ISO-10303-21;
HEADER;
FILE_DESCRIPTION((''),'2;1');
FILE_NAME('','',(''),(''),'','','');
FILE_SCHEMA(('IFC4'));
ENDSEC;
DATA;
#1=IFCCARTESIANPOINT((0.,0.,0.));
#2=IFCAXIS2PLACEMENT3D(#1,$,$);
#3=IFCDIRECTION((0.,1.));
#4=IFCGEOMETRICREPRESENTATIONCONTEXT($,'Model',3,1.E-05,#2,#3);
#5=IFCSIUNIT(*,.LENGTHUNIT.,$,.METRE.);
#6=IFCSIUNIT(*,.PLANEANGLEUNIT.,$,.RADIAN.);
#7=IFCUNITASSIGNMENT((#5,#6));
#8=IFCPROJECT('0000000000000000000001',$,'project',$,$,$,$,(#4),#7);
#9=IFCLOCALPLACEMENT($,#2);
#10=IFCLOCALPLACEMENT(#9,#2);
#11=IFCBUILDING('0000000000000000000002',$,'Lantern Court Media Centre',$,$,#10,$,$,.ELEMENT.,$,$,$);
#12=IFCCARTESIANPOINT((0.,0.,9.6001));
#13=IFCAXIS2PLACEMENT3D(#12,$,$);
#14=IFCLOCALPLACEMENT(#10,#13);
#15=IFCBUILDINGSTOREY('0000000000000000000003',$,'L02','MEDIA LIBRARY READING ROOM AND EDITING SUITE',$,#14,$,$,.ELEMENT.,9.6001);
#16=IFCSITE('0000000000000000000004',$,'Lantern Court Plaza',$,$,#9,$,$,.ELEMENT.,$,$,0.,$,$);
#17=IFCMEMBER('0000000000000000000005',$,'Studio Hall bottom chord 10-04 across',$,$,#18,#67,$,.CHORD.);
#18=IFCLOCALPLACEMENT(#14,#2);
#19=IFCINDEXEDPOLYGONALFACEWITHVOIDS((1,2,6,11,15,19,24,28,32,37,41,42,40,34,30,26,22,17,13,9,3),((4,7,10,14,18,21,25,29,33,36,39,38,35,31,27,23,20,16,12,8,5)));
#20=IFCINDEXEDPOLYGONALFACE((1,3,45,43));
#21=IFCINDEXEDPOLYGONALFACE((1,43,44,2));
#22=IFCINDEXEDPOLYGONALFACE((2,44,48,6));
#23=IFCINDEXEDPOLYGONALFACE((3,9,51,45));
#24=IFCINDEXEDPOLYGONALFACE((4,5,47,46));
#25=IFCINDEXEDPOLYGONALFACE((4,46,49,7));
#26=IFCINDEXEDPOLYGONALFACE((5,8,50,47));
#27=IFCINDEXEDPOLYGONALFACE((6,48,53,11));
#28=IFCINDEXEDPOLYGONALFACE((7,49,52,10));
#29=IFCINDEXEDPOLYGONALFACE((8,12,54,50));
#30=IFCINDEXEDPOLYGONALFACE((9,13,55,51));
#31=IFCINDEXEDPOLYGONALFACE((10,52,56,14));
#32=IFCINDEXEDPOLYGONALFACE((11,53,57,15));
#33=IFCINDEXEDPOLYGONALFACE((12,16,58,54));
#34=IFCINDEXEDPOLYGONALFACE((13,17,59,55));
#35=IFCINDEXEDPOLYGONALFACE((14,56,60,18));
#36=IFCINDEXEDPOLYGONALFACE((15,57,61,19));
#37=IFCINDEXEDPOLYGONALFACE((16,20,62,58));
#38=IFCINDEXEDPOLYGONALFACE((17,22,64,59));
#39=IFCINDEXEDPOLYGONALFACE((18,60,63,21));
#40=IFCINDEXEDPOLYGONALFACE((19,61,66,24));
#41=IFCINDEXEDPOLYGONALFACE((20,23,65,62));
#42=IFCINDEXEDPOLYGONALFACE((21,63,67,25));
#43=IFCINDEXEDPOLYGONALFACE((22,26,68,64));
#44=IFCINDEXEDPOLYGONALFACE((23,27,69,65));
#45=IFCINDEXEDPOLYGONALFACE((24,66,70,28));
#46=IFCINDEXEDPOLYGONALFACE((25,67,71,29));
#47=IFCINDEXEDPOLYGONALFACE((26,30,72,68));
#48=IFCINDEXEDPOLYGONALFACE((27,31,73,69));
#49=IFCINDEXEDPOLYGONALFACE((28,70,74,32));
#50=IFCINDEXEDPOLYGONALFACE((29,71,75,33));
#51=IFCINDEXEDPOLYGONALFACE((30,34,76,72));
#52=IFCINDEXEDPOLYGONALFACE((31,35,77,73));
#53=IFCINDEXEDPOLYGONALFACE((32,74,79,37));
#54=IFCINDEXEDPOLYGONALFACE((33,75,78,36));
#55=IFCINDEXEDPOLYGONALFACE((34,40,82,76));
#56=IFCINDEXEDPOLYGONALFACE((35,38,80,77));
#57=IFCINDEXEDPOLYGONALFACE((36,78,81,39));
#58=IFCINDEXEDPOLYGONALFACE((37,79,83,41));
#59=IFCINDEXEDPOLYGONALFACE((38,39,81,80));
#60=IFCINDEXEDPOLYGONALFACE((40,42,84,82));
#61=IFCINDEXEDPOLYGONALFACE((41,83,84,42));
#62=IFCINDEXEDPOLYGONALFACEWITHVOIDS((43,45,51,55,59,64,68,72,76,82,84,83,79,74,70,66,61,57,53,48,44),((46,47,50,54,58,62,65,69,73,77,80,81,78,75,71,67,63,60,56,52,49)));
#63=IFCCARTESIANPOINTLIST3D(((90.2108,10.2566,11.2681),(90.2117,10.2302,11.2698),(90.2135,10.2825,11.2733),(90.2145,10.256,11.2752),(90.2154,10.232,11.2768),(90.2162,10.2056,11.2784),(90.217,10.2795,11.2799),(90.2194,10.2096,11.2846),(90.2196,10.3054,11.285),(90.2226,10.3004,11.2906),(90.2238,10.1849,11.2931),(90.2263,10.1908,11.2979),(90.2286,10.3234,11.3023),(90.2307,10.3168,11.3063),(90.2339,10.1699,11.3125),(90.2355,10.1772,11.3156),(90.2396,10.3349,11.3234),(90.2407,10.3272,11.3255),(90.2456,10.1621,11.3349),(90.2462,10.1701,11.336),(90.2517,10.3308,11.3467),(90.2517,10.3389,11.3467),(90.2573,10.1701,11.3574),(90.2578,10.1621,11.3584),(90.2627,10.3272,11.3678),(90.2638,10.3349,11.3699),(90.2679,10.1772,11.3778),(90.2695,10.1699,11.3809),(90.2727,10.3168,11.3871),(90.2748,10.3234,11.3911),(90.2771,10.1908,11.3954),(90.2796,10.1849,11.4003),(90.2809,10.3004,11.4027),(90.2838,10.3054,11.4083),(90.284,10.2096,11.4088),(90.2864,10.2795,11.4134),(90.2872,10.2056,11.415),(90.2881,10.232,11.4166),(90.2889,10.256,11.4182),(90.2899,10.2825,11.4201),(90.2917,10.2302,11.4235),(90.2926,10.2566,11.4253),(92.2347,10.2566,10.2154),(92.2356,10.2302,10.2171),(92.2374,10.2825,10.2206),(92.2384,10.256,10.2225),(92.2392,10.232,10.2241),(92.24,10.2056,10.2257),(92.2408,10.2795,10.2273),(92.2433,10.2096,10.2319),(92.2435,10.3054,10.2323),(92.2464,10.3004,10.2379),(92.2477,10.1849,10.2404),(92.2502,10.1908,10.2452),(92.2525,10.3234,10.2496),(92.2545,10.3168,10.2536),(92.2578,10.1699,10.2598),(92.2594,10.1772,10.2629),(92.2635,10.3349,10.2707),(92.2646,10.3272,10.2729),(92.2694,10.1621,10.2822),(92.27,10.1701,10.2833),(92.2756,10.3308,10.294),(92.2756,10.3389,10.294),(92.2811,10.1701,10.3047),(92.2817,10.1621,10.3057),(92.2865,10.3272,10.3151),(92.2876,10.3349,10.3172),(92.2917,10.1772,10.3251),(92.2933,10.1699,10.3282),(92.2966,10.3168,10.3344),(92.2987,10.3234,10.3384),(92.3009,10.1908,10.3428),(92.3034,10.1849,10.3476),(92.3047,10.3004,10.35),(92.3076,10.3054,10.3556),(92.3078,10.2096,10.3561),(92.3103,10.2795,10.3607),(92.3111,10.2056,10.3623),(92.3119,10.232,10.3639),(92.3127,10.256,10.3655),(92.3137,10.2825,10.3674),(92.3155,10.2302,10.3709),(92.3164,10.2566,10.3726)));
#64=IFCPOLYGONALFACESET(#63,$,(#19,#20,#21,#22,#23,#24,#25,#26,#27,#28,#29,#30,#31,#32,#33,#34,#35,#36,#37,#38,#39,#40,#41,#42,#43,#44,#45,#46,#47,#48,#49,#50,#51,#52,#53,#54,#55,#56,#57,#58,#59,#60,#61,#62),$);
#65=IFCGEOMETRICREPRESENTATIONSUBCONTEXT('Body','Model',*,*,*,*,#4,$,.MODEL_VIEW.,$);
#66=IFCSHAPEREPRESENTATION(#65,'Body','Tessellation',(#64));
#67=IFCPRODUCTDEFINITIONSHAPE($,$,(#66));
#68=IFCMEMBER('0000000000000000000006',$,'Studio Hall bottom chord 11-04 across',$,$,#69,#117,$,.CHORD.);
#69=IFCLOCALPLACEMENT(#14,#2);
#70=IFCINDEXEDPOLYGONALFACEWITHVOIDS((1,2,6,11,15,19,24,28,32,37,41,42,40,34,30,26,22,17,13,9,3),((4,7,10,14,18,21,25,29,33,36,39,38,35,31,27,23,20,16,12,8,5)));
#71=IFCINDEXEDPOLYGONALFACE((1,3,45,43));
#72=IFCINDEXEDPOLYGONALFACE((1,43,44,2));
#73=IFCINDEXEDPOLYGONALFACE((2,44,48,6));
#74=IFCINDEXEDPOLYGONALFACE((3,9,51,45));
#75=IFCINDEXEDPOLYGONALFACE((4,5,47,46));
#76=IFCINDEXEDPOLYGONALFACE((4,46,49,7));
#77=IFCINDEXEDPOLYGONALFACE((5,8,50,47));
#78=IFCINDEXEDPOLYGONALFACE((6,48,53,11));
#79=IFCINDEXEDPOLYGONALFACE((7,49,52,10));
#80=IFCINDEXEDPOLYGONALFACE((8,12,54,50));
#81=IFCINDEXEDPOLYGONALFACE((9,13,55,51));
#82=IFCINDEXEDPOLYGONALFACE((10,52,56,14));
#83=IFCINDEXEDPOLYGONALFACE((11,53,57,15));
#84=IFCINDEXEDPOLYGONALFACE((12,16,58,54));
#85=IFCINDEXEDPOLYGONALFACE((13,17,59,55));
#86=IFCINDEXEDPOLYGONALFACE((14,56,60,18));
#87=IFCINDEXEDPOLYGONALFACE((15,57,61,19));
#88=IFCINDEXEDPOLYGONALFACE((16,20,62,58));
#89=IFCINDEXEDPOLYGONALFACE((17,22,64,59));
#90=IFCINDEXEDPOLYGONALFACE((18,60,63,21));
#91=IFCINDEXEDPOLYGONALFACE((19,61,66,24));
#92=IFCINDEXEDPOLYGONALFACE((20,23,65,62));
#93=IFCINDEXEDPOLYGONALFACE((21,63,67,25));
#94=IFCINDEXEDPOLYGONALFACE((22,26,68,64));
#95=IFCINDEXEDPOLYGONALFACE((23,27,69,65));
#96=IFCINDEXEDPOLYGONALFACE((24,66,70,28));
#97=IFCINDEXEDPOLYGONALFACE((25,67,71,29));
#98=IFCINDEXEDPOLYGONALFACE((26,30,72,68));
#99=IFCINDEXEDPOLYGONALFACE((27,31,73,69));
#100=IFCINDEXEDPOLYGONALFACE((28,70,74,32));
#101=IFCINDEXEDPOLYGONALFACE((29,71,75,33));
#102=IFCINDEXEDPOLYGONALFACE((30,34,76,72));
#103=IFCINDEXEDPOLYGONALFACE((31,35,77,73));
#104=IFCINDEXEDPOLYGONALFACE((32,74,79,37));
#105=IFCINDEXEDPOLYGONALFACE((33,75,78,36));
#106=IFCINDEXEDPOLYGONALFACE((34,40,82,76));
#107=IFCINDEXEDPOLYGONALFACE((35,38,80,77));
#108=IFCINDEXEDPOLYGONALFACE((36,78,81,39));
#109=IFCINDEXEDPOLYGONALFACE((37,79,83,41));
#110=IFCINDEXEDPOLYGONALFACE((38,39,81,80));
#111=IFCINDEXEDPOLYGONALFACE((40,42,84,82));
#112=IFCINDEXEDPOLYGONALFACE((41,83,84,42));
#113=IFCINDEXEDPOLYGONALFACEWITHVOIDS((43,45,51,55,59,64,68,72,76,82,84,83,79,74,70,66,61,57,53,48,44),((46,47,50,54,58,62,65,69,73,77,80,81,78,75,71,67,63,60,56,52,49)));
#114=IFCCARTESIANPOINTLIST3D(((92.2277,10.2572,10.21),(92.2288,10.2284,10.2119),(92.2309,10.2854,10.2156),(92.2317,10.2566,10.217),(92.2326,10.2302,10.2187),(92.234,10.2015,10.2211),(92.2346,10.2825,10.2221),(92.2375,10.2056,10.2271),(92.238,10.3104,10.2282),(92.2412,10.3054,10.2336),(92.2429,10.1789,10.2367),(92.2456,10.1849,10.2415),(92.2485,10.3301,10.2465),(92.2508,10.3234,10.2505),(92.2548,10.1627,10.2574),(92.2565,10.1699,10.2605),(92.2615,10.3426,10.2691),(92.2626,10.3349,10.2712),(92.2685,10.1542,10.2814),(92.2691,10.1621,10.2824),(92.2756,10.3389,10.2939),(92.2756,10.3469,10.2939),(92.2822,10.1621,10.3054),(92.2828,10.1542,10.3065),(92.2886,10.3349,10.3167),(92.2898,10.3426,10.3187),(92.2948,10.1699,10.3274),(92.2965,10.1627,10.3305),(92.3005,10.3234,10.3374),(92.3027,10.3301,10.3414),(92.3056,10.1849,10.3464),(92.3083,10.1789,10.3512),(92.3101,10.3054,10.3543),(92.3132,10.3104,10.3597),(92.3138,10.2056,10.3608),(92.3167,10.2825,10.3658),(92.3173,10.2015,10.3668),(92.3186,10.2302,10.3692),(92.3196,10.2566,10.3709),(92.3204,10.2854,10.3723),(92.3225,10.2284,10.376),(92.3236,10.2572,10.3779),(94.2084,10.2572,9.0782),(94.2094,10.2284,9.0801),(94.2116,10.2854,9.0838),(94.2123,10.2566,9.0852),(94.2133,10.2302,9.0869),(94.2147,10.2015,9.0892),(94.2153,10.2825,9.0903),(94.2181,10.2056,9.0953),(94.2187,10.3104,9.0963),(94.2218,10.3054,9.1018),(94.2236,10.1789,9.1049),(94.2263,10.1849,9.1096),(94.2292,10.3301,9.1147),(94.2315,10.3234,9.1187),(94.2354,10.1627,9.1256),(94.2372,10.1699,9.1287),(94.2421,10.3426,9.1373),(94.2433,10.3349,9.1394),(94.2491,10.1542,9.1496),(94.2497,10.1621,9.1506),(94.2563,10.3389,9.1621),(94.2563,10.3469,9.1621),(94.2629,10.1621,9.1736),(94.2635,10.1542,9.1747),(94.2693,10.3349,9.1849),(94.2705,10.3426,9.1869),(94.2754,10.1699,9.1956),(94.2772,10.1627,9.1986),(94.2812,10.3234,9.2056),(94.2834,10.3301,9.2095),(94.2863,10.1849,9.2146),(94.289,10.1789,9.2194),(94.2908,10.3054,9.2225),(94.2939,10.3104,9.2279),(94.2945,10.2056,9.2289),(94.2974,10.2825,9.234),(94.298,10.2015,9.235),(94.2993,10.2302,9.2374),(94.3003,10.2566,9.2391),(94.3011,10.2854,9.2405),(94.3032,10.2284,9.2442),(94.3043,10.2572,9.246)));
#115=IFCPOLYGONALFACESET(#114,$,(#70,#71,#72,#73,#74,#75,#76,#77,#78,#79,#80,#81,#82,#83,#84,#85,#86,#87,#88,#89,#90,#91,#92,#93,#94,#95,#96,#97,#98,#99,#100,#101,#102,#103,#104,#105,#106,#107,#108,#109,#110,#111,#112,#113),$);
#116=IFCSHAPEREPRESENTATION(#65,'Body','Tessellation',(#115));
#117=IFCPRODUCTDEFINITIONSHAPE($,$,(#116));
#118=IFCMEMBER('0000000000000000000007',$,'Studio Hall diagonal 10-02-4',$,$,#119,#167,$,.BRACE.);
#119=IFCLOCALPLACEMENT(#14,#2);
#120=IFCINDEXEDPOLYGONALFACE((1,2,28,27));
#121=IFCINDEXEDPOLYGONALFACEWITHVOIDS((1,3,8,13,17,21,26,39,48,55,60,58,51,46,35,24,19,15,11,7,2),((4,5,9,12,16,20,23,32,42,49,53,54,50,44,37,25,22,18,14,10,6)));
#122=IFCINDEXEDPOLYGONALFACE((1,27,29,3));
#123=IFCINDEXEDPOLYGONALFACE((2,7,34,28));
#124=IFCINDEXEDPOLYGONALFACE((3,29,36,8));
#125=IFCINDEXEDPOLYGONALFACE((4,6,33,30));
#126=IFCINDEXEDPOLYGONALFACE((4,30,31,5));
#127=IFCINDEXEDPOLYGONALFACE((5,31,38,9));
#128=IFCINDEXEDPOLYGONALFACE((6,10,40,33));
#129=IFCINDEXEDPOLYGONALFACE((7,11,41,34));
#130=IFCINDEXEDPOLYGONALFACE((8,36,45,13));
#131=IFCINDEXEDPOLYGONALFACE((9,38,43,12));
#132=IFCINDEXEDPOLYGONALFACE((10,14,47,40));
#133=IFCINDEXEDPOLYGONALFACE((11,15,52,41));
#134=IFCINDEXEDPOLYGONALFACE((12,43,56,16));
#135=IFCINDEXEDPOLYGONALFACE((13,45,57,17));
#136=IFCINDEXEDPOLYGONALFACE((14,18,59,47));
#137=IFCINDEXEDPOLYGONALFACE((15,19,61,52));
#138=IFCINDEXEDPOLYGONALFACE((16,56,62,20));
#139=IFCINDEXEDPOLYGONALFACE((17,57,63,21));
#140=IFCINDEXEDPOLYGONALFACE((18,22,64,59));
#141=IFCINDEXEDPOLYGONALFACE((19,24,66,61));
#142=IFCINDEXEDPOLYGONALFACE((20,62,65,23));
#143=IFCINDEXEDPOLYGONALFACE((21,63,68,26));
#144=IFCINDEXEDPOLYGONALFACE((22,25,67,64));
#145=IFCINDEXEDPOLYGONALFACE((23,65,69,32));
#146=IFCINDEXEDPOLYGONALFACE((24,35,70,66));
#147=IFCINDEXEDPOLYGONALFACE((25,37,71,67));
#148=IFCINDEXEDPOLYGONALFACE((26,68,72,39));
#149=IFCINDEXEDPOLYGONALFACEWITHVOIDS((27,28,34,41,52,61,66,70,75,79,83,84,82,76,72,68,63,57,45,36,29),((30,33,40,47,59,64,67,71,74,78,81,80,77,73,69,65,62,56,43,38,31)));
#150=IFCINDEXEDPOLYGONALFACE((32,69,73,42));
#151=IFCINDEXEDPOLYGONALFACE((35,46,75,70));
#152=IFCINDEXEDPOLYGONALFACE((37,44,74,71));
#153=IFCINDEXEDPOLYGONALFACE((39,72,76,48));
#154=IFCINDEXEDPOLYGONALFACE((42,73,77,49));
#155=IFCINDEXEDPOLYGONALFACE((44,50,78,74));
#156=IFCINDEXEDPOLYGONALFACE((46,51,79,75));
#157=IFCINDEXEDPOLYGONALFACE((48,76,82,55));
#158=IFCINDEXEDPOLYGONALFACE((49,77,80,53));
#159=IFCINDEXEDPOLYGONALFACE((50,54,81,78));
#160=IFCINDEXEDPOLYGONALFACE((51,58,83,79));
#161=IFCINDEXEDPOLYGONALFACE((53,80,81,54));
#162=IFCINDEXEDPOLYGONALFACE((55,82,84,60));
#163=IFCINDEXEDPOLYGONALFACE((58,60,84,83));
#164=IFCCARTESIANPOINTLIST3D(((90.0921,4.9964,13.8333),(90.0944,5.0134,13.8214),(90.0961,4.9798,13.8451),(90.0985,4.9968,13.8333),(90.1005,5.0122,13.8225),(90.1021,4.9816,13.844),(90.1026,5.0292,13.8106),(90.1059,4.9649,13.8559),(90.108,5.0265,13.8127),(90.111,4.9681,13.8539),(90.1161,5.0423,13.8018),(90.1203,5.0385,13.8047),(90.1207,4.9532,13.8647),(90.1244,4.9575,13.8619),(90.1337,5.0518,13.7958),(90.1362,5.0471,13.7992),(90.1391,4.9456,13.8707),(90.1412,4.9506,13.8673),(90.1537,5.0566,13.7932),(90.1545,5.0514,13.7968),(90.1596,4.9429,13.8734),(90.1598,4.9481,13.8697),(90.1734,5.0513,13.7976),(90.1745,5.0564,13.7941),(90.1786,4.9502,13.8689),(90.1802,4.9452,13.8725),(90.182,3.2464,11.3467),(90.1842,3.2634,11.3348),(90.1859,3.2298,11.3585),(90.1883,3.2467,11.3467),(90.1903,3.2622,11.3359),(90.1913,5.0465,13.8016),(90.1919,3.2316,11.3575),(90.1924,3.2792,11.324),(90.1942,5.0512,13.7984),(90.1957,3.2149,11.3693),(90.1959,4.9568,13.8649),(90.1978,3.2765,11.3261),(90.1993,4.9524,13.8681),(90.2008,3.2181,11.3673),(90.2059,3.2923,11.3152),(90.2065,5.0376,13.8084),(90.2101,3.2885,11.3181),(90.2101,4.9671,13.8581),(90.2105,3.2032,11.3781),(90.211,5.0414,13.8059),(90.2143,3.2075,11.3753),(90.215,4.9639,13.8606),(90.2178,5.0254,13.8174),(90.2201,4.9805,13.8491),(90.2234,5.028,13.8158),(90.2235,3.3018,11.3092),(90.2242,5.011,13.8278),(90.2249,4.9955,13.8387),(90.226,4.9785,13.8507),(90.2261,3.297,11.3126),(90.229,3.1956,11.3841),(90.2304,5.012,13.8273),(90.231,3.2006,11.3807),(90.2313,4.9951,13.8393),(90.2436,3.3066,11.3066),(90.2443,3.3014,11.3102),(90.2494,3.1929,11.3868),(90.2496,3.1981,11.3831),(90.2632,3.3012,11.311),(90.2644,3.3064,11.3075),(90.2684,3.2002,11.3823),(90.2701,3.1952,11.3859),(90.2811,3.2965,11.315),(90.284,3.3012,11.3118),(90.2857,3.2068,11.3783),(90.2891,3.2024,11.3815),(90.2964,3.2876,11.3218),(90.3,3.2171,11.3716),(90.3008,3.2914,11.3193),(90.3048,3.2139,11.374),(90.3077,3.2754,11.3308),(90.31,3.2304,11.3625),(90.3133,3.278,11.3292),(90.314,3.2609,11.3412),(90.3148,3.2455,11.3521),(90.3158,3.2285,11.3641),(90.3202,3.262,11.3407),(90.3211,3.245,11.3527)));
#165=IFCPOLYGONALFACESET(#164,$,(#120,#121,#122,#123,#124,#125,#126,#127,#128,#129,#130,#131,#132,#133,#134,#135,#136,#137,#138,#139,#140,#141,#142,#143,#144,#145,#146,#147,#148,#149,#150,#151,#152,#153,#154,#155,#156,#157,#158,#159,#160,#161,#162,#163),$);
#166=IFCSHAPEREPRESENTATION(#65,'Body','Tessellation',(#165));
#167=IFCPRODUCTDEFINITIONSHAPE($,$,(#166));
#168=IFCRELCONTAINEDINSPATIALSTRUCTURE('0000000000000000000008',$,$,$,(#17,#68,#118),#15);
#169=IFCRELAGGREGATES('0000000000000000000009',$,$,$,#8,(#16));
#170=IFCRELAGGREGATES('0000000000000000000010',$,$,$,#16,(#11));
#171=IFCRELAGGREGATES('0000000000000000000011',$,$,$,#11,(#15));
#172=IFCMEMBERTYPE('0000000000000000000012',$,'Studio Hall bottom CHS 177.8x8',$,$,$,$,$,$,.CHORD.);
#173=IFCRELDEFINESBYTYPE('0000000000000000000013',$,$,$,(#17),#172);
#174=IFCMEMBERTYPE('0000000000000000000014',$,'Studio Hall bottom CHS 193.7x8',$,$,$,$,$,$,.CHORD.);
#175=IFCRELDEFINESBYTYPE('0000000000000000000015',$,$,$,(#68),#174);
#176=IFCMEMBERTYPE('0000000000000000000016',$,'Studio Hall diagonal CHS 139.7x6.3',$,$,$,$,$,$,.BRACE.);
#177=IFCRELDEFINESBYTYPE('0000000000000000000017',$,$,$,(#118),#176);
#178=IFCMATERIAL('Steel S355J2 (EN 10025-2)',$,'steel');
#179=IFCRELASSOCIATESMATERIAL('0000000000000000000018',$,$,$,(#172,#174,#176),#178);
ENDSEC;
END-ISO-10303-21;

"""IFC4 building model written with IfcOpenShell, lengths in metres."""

from ifc_helpers import new_model, si_unit, direction, frame, origin, origin_2d, place, context, subcontext, project, spatial, hollow_circle, extrude, material, material_profile, profile_set, type_object, element, save


model = new_model("IFC4")

# Units and contexts
model_context = context("Model", 3, precision=1e-05, world=origin(), true_north=direction((0.0, 1.0)))
body_context = subcontext(model_context, "Body", "Model", "MODEL_VIEW")
ifc_project = project(units=[si_unit("LENGTHUNIT", "METRE"), si_unit("PLANEANGLEUNIT", "RADIAN")], contexts=[model_context])

# Site, building, storey
site_placement = place(None, origin())
site = spatial("IfcSite", under=ifc_project, at=site_placement, Name="Lantern Court Plaza", CompositionType="ELEMENT", RefElevation=0.0)
building_placement = place(site_placement, origin())
building = spatial("IfcBuilding", under=site, at=building_placement, Name="Lantern Court Media Centre", CompositionType="ELEMENT")
storey_placement = place(building_placement, frame((0.0, 0.0, 9.6001)))
storey = spatial("IfcBuildingStorey", under=building, at=storey_placement, Name="L02", Description="MEDIA LIBRARY READING ROOM AND EDITING SUITE", CompositionType="ELEMENT", Elevation=9.6001)

# Members
ifc_material = material(Name="Steel S355J2 (EN 10025-2)", Category="steel")
ifc_material_profile_1 = material_profile(ifc_material, hollow_circle(Radius=0.0889, WallThickness=0.0081, at=origin_2d()), Name="Studio Hall bottom CHS 177.8x8")
ifc_profile_set_1 = profile_set([ifc_material_profile_1], Name="Steel S355J2 (EN 10025-2)")
member_type_1 = type_object("IfcMemberType", Name="Studio Hall bottom CHS 177.8x8", PredefinedType="CHORD", material=ifc_profile_set_1)
for number, where, z_axis, x_axis, name in (
    (1, (90.2517, 10.25, 11.3467), (0.887164, 0.0, -0.461454), (0.0, 1.0, 0.0), "Studio Hall bottom chord 10-04 across"),
):
    element("IfcMember", number, at=place(storey_placement, frame(where, z_axis=z_axis, x_axis=x_axis)), inside=storey, type_object=member_type_1, Name=name, PredefinedType="CHORD", context=body_context, shape_type="SweptSolid", body=[
        extrude(hollow_circle(Radius=0.0889, WallThickness=0.0081, at=origin_2d()), origin(), (0.0, 0.0, 1.0), 2.2812),
    ])
ifc_material_profile_2 = material_profile(ifc_material, hollow_circle(Radius=0.0969, WallThickness=0.0081, at=origin_2d()), Name="Studio Hall bottom CHS 193.7x8")
ifc_profile_set_2 = profile_set([ifc_material_profile_2], Name="Steel S355J2 (EN 10025-2)")
member_type_2 = type_object("IfcMemberType", Name="Studio Hall bottom CHS 193.7x8", PredefinedType="CHORD", material=ifc_profile_set_2)
member_placement = place(storey_placement, frame((92.2756, 10.25, 10.2939), z_axis=(0.868243, 0.0, -0.496139), x_axis=(0.0, 1.0, 0.0)))
element("IfcMember", 2, at=member_placement, inside=storey, type_object=member_type_2, Name="Studio Hall bottom chord 11-04 across", PredefinedType="CHORD", context=body_context, shape_type="SweptSolid", body=[
    extrude(hollow_circle(Radius=0.0969, WallThickness=0.0081, at=origin_2d()), origin(), (0.0, 0.0, 1.0), 2.2812),
])
ifc_material_profile_3 = material_profile(ifc_material, hollow_circle(Radius=0.0698, WallThickness=0.0063, at=origin_2d()), Name="Studio Hall diagonal CHS 139.7x6.3")
ifc_profile_set_3 = profile_set([ifc_material_profile_3], Name="Steel S355J2 (EN 10025-2)")
member_type_3 = type_object("IfcMemberType", Name="Studio Hall diagonal CHS 139.7x6.3", PredefinedType="BRACE", material=ifc_profile_set_3)
for number, where, z_axis, x_axis, name in (
    (3, (90.2517, 3.25, 11.3467), (-0.029535, 0.575284, 0.81742), (-0.998685, -0.051272, 0.0), "Studio Hall diagonal 10-02-4"),
):
    element("IfcMember", number, at=place(storey_placement, frame(where, z_axis=z_axis, x_axis=x_axis)), inside=storey, type_object=member_type_3, Name=name, PredefinedType="BRACE", context=body_context, shape_type="SweptSolid", body=[
        extrude(hollow_circle(Radius=0.0698, WallThickness=0.0063, at=origin_2d()), origin(), (0.0, 0.0, 1.0), 3.042),
    ])

save(model, "model.ifc")
